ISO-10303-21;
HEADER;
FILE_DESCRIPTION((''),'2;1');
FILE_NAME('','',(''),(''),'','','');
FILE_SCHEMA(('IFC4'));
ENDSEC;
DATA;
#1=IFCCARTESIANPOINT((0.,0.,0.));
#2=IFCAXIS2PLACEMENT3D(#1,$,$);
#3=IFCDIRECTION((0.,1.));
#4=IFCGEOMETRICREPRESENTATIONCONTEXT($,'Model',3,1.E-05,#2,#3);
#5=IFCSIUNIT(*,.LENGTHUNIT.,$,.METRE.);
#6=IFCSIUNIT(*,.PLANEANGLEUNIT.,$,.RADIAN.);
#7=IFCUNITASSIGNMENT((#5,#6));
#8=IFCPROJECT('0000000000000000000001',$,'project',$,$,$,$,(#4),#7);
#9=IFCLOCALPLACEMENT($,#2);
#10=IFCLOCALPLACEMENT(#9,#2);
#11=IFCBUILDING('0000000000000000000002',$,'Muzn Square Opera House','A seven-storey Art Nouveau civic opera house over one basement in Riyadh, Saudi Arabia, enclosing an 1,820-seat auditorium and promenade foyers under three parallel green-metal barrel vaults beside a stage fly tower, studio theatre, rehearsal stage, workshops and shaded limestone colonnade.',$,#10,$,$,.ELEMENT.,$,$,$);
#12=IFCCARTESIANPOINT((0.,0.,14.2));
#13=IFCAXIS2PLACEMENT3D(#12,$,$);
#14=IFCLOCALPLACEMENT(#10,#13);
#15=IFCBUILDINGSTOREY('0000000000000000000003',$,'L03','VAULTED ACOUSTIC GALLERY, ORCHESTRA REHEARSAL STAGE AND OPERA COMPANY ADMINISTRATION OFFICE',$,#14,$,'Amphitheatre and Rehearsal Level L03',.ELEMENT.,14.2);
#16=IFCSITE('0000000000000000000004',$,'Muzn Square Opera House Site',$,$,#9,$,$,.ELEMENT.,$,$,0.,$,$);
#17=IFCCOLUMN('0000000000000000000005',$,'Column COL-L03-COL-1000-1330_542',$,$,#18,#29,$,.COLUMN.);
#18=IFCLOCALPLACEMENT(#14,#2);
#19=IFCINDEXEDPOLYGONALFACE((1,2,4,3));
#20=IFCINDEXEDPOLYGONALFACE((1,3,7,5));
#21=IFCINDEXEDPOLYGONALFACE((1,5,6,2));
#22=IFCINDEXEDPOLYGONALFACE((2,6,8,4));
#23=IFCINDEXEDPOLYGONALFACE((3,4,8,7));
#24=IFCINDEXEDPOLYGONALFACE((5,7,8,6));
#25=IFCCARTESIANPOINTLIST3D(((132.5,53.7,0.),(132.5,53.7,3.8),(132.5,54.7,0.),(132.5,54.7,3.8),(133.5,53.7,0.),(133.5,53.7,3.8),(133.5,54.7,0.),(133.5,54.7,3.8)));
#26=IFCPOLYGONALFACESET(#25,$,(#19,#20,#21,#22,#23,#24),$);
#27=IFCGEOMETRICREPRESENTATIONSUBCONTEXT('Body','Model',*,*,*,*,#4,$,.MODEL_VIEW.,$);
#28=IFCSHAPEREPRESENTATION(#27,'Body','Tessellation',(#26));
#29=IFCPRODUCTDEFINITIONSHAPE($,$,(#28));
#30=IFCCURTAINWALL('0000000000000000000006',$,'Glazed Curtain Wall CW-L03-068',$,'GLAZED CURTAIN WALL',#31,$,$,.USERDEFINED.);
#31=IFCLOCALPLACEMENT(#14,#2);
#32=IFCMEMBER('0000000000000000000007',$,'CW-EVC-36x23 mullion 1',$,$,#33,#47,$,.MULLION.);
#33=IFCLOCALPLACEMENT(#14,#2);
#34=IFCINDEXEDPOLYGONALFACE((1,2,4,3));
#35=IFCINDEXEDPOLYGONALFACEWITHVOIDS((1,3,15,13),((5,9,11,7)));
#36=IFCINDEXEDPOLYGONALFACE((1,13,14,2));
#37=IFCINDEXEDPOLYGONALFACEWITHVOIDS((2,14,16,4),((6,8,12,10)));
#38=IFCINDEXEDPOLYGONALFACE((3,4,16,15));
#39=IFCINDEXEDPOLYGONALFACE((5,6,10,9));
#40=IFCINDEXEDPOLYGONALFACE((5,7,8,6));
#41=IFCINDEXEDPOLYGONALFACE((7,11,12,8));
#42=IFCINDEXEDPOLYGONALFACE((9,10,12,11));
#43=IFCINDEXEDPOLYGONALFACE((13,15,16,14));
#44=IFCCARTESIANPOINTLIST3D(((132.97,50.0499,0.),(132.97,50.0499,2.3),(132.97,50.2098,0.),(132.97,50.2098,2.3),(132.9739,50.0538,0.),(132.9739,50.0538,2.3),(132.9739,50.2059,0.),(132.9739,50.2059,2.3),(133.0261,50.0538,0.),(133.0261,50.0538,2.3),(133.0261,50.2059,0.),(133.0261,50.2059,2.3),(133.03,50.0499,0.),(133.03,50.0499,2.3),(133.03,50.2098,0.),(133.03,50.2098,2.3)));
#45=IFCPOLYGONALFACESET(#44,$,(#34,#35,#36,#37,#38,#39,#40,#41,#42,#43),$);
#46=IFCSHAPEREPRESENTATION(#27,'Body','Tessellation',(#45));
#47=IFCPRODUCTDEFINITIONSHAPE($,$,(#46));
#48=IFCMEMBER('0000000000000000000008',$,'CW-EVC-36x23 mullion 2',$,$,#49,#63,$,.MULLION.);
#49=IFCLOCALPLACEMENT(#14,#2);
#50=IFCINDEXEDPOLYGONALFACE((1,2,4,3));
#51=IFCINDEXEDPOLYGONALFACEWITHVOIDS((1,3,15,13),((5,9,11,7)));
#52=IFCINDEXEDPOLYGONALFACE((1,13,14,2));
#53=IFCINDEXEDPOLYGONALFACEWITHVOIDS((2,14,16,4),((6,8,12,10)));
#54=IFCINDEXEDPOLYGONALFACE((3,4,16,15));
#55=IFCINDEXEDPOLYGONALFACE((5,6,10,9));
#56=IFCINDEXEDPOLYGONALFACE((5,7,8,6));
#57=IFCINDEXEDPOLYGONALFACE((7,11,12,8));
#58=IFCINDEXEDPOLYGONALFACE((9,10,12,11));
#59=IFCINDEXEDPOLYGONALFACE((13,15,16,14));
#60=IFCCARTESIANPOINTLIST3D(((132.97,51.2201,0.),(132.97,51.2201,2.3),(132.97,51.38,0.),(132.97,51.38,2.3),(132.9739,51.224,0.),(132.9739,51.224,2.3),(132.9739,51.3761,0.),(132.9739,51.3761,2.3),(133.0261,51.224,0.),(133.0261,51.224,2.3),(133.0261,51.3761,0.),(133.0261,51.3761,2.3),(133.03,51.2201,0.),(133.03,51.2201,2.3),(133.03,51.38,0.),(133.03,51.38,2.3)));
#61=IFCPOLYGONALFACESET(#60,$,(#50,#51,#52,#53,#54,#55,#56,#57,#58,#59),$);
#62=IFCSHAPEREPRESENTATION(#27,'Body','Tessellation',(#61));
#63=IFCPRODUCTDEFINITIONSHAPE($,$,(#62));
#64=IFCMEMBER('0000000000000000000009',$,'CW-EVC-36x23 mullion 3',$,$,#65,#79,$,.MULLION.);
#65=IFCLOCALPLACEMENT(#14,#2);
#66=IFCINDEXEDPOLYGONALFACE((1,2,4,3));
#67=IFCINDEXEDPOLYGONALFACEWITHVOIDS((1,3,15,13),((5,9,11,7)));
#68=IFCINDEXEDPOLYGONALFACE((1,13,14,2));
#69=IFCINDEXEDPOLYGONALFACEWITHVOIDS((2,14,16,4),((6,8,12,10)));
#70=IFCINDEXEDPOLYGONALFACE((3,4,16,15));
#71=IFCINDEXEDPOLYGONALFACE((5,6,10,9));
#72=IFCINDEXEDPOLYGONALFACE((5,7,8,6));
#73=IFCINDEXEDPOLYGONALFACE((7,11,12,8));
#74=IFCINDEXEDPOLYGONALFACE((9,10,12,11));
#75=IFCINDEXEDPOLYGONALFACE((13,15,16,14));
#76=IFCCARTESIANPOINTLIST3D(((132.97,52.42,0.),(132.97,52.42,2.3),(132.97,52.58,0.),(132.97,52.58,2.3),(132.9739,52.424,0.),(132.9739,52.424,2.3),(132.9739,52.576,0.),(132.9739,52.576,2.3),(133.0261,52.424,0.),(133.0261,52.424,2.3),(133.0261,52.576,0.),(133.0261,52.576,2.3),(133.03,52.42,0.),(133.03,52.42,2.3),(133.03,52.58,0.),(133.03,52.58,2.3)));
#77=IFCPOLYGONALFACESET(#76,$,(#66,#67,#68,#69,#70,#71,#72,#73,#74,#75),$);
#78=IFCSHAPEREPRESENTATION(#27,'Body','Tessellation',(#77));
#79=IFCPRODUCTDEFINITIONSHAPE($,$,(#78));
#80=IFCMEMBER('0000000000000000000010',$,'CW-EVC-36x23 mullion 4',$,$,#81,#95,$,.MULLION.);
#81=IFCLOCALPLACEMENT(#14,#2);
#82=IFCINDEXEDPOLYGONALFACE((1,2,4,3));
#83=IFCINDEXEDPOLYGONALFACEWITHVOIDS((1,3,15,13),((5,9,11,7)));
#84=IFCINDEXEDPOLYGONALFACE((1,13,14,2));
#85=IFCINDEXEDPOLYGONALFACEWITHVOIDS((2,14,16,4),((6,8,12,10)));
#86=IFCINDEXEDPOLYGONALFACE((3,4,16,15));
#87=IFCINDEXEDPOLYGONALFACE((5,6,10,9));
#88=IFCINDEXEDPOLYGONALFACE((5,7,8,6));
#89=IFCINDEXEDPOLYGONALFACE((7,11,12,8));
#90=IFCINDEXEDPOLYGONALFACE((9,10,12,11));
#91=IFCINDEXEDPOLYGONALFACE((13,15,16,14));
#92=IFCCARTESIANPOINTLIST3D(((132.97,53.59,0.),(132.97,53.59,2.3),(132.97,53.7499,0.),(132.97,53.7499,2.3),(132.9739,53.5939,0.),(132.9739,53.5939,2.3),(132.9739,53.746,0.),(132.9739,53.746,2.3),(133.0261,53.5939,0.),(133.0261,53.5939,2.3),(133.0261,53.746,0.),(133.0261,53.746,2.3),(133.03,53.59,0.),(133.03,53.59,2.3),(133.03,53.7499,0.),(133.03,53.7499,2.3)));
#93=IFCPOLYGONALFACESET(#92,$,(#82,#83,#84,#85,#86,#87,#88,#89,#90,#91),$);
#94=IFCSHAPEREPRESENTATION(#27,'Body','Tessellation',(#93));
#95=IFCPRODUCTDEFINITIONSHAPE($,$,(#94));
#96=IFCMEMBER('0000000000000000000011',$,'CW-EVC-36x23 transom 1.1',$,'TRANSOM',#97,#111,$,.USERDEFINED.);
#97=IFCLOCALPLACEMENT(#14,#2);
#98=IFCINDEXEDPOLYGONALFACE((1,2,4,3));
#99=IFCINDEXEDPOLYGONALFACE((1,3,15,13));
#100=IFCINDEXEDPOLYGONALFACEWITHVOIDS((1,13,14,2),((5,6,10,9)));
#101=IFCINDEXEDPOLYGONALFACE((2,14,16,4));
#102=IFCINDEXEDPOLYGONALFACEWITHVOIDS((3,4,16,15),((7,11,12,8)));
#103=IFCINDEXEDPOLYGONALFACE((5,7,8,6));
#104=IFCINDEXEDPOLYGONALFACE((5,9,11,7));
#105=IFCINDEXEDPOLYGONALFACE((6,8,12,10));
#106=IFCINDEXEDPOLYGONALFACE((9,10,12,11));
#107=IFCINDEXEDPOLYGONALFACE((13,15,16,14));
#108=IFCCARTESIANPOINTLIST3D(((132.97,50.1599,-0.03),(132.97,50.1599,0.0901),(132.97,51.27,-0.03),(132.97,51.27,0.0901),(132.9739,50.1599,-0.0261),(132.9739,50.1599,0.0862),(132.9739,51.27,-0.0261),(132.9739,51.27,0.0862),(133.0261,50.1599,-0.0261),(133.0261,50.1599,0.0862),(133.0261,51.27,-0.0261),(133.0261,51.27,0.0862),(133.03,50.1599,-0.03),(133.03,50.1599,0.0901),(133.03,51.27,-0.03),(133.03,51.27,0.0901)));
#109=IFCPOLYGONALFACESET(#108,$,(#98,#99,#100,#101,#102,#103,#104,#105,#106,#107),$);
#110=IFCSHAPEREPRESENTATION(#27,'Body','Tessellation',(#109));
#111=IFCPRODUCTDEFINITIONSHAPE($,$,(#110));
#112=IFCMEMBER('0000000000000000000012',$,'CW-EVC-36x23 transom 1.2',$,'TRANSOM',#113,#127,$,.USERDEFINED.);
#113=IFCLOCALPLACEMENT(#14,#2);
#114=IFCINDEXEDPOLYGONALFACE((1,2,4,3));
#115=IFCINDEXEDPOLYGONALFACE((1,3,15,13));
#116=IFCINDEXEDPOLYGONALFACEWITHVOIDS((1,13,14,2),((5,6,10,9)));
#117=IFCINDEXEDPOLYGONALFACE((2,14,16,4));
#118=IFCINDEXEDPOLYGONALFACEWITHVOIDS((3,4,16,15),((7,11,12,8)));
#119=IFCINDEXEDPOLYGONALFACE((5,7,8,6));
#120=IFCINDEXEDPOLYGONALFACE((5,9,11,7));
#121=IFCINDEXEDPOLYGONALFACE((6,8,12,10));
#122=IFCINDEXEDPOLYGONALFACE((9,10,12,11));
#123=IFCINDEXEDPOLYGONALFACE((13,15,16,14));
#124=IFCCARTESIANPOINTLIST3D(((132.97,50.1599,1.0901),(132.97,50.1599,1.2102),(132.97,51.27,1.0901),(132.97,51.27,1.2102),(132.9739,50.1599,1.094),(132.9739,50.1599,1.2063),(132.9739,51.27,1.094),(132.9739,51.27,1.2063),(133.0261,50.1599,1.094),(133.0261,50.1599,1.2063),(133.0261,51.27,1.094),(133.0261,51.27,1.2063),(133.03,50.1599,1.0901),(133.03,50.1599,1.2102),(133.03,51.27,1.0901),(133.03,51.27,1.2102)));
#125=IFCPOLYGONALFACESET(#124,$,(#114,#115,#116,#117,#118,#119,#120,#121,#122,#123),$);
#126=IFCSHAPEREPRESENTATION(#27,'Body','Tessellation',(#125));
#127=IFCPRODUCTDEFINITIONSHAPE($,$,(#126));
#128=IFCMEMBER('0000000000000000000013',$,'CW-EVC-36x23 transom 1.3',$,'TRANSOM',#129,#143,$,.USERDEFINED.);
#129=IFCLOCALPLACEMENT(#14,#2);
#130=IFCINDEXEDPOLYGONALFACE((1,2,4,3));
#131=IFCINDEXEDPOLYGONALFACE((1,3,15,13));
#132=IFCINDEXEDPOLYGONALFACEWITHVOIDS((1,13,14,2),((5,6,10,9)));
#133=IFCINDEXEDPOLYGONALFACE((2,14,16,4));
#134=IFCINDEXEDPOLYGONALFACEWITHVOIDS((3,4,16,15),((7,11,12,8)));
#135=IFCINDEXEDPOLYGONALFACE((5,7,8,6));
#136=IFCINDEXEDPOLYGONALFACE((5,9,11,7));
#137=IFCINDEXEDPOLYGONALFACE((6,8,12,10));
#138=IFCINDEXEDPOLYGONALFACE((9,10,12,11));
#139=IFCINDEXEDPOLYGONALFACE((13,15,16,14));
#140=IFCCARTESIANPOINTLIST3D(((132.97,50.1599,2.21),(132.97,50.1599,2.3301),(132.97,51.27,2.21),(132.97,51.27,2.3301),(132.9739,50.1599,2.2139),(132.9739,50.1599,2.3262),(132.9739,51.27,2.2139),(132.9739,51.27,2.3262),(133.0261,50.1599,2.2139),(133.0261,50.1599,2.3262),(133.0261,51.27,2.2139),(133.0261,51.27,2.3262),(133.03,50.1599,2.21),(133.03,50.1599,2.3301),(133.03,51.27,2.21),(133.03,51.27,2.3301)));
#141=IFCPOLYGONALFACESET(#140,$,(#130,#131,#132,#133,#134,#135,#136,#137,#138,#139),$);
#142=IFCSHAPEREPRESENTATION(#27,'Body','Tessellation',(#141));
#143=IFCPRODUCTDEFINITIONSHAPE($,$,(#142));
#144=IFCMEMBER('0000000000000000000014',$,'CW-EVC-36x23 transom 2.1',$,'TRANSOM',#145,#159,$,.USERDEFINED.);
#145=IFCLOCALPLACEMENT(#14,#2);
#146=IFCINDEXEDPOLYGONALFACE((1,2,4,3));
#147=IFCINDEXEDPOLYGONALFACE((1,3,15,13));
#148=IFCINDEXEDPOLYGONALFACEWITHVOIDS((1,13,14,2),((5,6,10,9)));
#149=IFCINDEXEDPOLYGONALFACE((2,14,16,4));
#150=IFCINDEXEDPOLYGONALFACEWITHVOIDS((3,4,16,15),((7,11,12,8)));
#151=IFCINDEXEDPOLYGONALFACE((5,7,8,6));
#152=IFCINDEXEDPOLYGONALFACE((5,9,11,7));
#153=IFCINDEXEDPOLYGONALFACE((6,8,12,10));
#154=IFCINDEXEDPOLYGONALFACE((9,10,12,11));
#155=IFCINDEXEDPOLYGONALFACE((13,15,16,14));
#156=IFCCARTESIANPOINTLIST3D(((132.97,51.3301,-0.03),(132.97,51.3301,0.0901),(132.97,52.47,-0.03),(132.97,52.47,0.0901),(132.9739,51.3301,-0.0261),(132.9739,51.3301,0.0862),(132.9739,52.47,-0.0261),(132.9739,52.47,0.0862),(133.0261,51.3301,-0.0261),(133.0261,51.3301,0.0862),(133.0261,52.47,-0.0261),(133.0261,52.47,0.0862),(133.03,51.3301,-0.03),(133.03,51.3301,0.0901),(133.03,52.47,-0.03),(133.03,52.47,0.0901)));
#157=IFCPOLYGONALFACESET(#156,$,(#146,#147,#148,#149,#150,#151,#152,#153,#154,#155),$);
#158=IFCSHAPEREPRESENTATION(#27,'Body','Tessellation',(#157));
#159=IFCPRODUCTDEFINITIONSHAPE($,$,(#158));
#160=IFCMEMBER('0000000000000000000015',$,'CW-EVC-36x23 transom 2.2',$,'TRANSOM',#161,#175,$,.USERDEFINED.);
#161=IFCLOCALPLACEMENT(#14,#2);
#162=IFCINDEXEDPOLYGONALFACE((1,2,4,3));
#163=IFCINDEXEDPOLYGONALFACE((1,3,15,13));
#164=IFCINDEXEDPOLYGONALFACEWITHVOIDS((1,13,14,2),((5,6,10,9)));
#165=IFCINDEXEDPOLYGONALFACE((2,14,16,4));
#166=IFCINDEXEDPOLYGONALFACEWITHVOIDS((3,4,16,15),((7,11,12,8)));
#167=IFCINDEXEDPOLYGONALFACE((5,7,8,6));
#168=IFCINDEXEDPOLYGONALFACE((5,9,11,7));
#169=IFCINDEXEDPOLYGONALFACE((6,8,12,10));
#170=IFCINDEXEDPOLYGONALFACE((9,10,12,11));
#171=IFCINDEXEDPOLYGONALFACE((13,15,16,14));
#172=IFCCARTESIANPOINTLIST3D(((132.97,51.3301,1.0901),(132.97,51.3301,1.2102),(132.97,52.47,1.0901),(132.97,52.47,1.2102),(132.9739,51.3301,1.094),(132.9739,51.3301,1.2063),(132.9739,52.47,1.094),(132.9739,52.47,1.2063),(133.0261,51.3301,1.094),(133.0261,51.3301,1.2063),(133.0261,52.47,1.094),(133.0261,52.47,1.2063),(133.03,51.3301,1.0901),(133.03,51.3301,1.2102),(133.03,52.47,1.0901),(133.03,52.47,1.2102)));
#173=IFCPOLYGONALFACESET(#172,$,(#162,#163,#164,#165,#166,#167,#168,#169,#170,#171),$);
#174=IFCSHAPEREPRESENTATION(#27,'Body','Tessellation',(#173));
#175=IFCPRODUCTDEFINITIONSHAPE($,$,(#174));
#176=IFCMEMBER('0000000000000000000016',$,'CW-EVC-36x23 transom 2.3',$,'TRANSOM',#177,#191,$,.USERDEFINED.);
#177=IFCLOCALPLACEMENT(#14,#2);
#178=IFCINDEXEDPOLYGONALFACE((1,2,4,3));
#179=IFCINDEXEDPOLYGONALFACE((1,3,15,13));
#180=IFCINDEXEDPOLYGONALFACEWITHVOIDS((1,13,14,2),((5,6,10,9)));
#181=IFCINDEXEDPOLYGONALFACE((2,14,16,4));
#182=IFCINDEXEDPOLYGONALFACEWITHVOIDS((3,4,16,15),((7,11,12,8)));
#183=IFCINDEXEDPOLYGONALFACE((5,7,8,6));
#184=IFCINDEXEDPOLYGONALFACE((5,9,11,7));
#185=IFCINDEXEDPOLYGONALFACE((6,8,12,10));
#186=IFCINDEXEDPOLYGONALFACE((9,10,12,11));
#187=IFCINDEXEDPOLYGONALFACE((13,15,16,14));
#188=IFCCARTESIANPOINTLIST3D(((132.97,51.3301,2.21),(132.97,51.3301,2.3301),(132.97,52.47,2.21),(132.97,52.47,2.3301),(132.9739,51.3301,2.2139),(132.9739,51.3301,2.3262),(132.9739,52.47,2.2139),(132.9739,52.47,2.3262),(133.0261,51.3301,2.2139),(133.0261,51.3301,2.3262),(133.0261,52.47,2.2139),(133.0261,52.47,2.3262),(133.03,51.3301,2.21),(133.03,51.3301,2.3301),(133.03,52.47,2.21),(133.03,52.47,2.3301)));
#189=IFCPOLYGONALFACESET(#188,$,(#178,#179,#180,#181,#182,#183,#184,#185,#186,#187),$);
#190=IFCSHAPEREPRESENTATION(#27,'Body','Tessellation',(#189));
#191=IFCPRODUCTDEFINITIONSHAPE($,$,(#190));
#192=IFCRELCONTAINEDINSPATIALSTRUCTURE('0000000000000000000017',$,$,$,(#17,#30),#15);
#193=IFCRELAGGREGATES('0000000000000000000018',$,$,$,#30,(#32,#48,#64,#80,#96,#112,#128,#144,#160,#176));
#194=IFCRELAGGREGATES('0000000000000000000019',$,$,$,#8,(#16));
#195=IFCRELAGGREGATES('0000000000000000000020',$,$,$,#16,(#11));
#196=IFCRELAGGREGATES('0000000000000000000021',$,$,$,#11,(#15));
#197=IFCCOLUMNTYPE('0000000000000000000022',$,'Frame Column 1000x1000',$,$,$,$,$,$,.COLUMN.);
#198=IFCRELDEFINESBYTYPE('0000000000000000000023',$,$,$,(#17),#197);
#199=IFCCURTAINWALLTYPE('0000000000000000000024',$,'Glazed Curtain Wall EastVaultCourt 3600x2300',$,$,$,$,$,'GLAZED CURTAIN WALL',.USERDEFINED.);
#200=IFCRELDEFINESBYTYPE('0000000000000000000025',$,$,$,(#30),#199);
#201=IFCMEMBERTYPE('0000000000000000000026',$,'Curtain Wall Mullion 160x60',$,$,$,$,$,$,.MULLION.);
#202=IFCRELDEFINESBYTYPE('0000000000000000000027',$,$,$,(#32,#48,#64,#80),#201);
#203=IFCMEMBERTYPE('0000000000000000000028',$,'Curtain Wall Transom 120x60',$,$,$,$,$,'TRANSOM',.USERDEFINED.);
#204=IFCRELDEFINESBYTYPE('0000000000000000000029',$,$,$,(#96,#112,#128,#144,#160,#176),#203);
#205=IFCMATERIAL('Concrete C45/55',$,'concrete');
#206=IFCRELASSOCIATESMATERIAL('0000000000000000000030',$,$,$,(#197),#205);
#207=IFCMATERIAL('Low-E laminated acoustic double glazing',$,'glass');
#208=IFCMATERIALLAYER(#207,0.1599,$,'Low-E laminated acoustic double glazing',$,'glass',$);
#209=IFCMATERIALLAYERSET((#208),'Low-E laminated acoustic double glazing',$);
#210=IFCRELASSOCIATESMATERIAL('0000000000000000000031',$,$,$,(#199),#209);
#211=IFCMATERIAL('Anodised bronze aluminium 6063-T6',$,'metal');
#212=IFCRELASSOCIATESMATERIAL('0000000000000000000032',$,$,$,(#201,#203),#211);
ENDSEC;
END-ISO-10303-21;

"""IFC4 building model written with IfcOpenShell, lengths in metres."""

from ifc_helpers import new_model, si_unit, direction, frame, origin, origin_2d, place, context, subcontext, project, spatial, rectangle, hollow_rectangle, extrude, material, layer, layer_set, material_profile, profile_set, type_object, element, aggregate, save


model = new_model("IFC4")

# Units and contexts
model_context = context("Model", 3, precision=1e-05, world=origin(), true_north=direction((0.0, 1.0)))
body_context = subcontext(model_context, "Body", "Model", "MODEL_VIEW")
ifc_project = project(units=[si_unit("LENGTHUNIT", "METRE"), si_unit("PLANEANGLEUNIT", "RADIAN")], contexts=[model_context])

# Site, building, storey
site_placement = place(None, origin())
site = spatial("IfcSite", under=ifc_project, at=site_placement, Name="Muzn Square Opera House Site", CompositionType="ELEMENT", RefElevation=0.0)
building_placement = place(site_placement, origin())
building = spatial("IfcBuilding", under=site, at=building_placement, Name="Muzn Square Opera House", Description="A seven-storey Art Nouveau civic opera house over one basement in Riyadh, Saudi Arabia, enclosing an 1,820-seat auditorium and promenade foyers under three parallel green-metal barrel vaults beside a stage fly tower, studio theatre, rehearsal stage, workshops and shaded limestone colonnade.", CompositionType="ELEMENT")
storey_placement = place(building_placement, frame((0.0, 0.0, 14.2)))
storey = spatial("IfcBuildingStorey", under=building, at=storey_placement, Name="L03", Description="VAULTED ACOUSTIC GALLERY, ORCHESTRA REHEARSAL STAGE AND OPERA COMPANY ADMINISTRATION OFFICE", LongName="Amphitheatre and Rehearsal Level L03", CompositionType="ELEMENT", Elevation=14.2)

# Column
ifc_material_1 = material(Name="Concrete C45/55", Category="concrete")
ifc_material_profile_1 = material_profile(ifc_material_1, rectangle(XDim=1.0, YDim=1.0, at=origin_2d()), Name="RC 1000x1000", Category="concrete")
ifc_profile_set_1 = profile_set([ifc_material_profile_1], Name="Concrete C45/55")
column_type = type_object("IfcColumnType", Name="Frame Column 1000x1000", PredefinedType="COLUMN", material=ifc_profile_set_1)
column_placement = place(storey_placement, frame((133.0, 54.2, 0.0), z_axis=(0.0, 0.0, 1.0), x_axis=(1.0, 0.0, 0.0)))
element("IfcColumn", 1, at=column_placement, inside=storey, type_object=column_type, Name="Column COL-L03-COL-1000-1330_542", PredefinedType="COLUMN", context=body_context, shape_type="SweptSolid", body=[
    extrude(rectangle(XDim=1.0, YDim=1.0, at=origin_2d()), origin(), (0.0, 0.0, 1.0), 3.8),
])

# Curtain wall, members
ifc_material_2 = material(Name="Low-E laminated acoustic double glazing", Category="glass")
ifc_layer_1 = layer(ifc_material_2, 0.1599, Name="Low-E laminated acoustic double glazing", Category="glass")
ifc_layer_set_1 = layer_set([ifc_layer_1], Name="Low-E laminated acoustic double glazing")
curtain_wall_type = type_object("IfcCurtainWallType", Name="Glazed Curtain Wall EastVaultCourt 3600x2300", ElementType="GLAZED CURTAIN WALL", PredefinedType="USERDEFINED", material=ifc_layer_set_1)
curtain_wall_placement = place(storey_placement, origin())
curtain_wall = element("IfcCurtainWall", 2, at=curtain_wall_placement, inside=storey, type_object=curtain_wall_type, Name="Glazed Curtain Wall CW-L03-068", ObjectType="GLAZED CURTAIN WALL", PredefinedType="USERDEFINED")
ifc_material_3 = material(Name="Anodised bronze aluminium 6063-T6", Category="metal")
ifc_material_profile_2 = material_profile(ifc_material_3, hollow_rectangle(XDim=0.0601, YDim=0.1599, WallThickness=0.0039, at=origin_2d()), Name="ALU 160x60x4", Category="metal")
ifc_profile_set_2 = profile_set([ifc_material_profile_2], Name="Anodised bronze aluminium 6063-T6")
member_type_1 = type_object("IfcMemberType", Name="Curtain Wall Mullion 160x60", PredefinedType="MULLION", material=ifc_profile_set_2)
member_1_placement = place(storey_placement, frame((133.0, 50.1299, 0.0), z_axis=(0.0, 0.0, 1.0), x_axis=(-1.0, 0.0, 0.0)))
member_1 = element("IfcMember", 3, at=member_1_placement, type_object=member_type_1, Name="CW-EVC-36x23 mullion 1", PredefinedType="MULLION", context=body_context, shape_type="SweptSolid", body=[
    extrude(hollow_rectangle(XDim=0.0601, YDim=0.1599, WallThickness=0.0039, at=origin_2d()), origin(), (0.0, 0.0, 1.0), 2.3),
])
member_2_placement = place(storey_placement, frame((133.0, 51.3, 0.0), z_axis=(0.0, 0.0, 1.0), x_axis=(-1.0, 0.0, 0.0)))
member_2 = element("IfcMember", 4, at=member_2_placement, type_object=member_type_1, Name="CW-EVC-36x23 mullion 2", PredefinedType="MULLION", context=body_context, shape_type="SweptSolid", body=[
    extrude(hollow_rectangle(XDim=0.0601, YDim=0.1599, WallThickness=0.0039, at=origin_2d()), origin(), (0.0, 0.0, 1.0), 2.3),
])
member_3_placement = place(storey_placement, frame((133.0, 52.5, 0.0), z_axis=(0.0, 0.0, 1.0), x_axis=(-1.0, 0.0, 0.0)))
member_3 = element("IfcMember", 5, at=member_3_placement, type_object=member_type_1, Name="CW-EVC-36x23 mullion 3", PredefinedType="MULLION", context=body_context, shape_type="SweptSolid", body=[
    extrude(hollow_rectangle(XDim=0.0601, YDim=0.1599, WallThickness=0.0039, at=origin_2d()), origin(), (0.0, 0.0, 1.0), 2.3),
])
member_4_placement = place(storey_placement, frame((133.0, 53.6699, 0.0), z_axis=(0.0, 0.0, 1.0), x_axis=(-1.0, 0.0, 0.0)))
member_4 = element("IfcMember", 6, at=member_4_placement, type_object=member_type_1, Name="CW-EVC-36x23 mullion 4", PredefinedType="MULLION", context=body_context, shape_type="SweptSolid", body=[
    extrude(hollow_rectangle(XDim=0.0601, YDim=0.1599, WallThickness=0.0039, at=origin_2d()), origin(), (0.0, 0.0, 1.0), 2.3),
])
ifc_material_profile_3 = material_profile(ifc_material_3, hollow_rectangle(XDim=0.0601, YDim=0.1201, WallThickness=0.0039, at=origin_2d()), Name="ALU 120x60x4", Category="metal")
ifc_profile_set_3 = profile_set([ifc_material_profile_3], Name="Anodised bronze aluminium 6063-T6")
member_type_2 = type_object("IfcMemberType", Name="Curtain Wall Transom 120x60", ElementType="TRANSOM", PredefinedType="USERDEFINED", material=ifc_profile_set_3)
member_5_placement = place(storey_placement, frame((133.0, 50.1599, 0.03), z_axis=(0.0, 1.0, 0.0), x_axis=(-1.0, 0.0, 0.0)))
member_5 = element("IfcMember", 7, at=member_5_placement, type_object=member_type_2, Name="CW-EVC-36x23 transom 1.1", ObjectType="TRANSOM", PredefinedType="USERDEFINED", context=body_context, shape_type="SweptSolid", body=[
    extrude(hollow_rectangle(XDim=0.0601, YDim=0.1201, WallThickness=0.0039, at=origin_2d()), origin(), (0.0, 0.0, 1.0), 1.1101),
])
member_6_placement = place(storey_placement, frame((133.0, 50.1599, 1.1501), z_axis=(0.0, 1.0, 0.0), x_axis=(-1.0, 0.0, 0.0)))
member_6 = element("IfcMember", 8, at=member_6_placement, type_object=member_type_2, Name="CW-EVC-36x23 transom 1.2", ObjectType="TRANSOM", PredefinedType="USERDEFINED", context=body_context, shape_type="SweptSolid", body=[
    extrude(hollow_rectangle(XDim=0.0601, YDim=0.1201, WallThickness=0.0039, at=origin_2d()), origin(), (0.0, 0.0, 1.0), 1.1101),
])
member_7_placement = place(storey_placement, frame((133.0, 50.1599, 2.27), z_axis=(0.0, 1.0, 0.0), x_axis=(-1.0, 0.0, 0.0)))
member_7 = element("IfcMember", 9, at=member_7_placement, type_object=member_type_2, Name="CW-EVC-36x23 transom 1.3", ObjectType="TRANSOM", PredefinedType="USERDEFINED", context=body_context, shape_type="SweptSolid", body=[
    extrude(hollow_rectangle(XDim=0.0601, YDim=0.1201, WallThickness=0.0039, at=origin_2d()), origin(), (0.0, 0.0, 1.0), 1.1101),
])
member_8_placement = place(storey_placement, frame((133.0, 51.3301, 0.03), z_axis=(0.0, 1.0, 0.0), x_axis=(-1.0, 0.0, 0.0)))
member_8 = element("IfcMember", 10, at=member_8_placement, type_object=member_type_2, Name="CW-EVC-36x23 transom 2.1", ObjectType="TRANSOM", PredefinedType="USERDEFINED", context=body_context, shape_type="SweptSolid", body=[
    extrude(hollow_rectangle(XDim=0.0601, YDim=0.1201, WallThickness=0.0039, at=origin_2d()), origin(), (0.0, 0.0, 1.0), 1.1399),
])
member_9_placement = place(storey_placement, frame((133.0, 51.3301, 1.1501), z_axis=(0.0, 1.0, 0.0), x_axis=(-1.0, 0.0, 0.0)))
member_9 = element("IfcMember", 11, at=member_9_placement, type_object=member_type_2, Name="CW-EVC-36x23 transom 2.2", ObjectType="TRANSOM", PredefinedType="USERDEFINED", context=body_context, shape_type="SweptSolid", body=[
    extrude(hollow_rectangle(XDim=0.0601, YDim=0.1201, WallThickness=0.0039, at=origin_2d()), origin(), (0.0, 0.0, 1.0), 1.1399),
])
member_10_placement = place(storey_placement, frame((133.0, 51.3301, 2.27), z_axis=(0.0, 1.0, 0.0), x_axis=(-1.0, 0.0, 0.0)))
member_10 = element("IfcMember", 12, at=member_10_placement, type_object=member_type_2, Name="CW-EVC-36x23 transom 2.3", ObjectType="TRANSOM", PredefinedType="USERDEFINED", context=body_context, shape_type="SweptSolid", body=[
    extrude(hollow_rectangle(XDim=0.0601, YDim=0.1201, WallThickness=0.0039, at=origin_2d()), origin(), (0.0, 0.0, 1.0), 1.1399),
])

aggregate(curtain_wall, [member_1, member_2, member_3, member_4, member_5, member_6, member_7, member_8, member_9, member_10])

save(model, "model.ifc")
